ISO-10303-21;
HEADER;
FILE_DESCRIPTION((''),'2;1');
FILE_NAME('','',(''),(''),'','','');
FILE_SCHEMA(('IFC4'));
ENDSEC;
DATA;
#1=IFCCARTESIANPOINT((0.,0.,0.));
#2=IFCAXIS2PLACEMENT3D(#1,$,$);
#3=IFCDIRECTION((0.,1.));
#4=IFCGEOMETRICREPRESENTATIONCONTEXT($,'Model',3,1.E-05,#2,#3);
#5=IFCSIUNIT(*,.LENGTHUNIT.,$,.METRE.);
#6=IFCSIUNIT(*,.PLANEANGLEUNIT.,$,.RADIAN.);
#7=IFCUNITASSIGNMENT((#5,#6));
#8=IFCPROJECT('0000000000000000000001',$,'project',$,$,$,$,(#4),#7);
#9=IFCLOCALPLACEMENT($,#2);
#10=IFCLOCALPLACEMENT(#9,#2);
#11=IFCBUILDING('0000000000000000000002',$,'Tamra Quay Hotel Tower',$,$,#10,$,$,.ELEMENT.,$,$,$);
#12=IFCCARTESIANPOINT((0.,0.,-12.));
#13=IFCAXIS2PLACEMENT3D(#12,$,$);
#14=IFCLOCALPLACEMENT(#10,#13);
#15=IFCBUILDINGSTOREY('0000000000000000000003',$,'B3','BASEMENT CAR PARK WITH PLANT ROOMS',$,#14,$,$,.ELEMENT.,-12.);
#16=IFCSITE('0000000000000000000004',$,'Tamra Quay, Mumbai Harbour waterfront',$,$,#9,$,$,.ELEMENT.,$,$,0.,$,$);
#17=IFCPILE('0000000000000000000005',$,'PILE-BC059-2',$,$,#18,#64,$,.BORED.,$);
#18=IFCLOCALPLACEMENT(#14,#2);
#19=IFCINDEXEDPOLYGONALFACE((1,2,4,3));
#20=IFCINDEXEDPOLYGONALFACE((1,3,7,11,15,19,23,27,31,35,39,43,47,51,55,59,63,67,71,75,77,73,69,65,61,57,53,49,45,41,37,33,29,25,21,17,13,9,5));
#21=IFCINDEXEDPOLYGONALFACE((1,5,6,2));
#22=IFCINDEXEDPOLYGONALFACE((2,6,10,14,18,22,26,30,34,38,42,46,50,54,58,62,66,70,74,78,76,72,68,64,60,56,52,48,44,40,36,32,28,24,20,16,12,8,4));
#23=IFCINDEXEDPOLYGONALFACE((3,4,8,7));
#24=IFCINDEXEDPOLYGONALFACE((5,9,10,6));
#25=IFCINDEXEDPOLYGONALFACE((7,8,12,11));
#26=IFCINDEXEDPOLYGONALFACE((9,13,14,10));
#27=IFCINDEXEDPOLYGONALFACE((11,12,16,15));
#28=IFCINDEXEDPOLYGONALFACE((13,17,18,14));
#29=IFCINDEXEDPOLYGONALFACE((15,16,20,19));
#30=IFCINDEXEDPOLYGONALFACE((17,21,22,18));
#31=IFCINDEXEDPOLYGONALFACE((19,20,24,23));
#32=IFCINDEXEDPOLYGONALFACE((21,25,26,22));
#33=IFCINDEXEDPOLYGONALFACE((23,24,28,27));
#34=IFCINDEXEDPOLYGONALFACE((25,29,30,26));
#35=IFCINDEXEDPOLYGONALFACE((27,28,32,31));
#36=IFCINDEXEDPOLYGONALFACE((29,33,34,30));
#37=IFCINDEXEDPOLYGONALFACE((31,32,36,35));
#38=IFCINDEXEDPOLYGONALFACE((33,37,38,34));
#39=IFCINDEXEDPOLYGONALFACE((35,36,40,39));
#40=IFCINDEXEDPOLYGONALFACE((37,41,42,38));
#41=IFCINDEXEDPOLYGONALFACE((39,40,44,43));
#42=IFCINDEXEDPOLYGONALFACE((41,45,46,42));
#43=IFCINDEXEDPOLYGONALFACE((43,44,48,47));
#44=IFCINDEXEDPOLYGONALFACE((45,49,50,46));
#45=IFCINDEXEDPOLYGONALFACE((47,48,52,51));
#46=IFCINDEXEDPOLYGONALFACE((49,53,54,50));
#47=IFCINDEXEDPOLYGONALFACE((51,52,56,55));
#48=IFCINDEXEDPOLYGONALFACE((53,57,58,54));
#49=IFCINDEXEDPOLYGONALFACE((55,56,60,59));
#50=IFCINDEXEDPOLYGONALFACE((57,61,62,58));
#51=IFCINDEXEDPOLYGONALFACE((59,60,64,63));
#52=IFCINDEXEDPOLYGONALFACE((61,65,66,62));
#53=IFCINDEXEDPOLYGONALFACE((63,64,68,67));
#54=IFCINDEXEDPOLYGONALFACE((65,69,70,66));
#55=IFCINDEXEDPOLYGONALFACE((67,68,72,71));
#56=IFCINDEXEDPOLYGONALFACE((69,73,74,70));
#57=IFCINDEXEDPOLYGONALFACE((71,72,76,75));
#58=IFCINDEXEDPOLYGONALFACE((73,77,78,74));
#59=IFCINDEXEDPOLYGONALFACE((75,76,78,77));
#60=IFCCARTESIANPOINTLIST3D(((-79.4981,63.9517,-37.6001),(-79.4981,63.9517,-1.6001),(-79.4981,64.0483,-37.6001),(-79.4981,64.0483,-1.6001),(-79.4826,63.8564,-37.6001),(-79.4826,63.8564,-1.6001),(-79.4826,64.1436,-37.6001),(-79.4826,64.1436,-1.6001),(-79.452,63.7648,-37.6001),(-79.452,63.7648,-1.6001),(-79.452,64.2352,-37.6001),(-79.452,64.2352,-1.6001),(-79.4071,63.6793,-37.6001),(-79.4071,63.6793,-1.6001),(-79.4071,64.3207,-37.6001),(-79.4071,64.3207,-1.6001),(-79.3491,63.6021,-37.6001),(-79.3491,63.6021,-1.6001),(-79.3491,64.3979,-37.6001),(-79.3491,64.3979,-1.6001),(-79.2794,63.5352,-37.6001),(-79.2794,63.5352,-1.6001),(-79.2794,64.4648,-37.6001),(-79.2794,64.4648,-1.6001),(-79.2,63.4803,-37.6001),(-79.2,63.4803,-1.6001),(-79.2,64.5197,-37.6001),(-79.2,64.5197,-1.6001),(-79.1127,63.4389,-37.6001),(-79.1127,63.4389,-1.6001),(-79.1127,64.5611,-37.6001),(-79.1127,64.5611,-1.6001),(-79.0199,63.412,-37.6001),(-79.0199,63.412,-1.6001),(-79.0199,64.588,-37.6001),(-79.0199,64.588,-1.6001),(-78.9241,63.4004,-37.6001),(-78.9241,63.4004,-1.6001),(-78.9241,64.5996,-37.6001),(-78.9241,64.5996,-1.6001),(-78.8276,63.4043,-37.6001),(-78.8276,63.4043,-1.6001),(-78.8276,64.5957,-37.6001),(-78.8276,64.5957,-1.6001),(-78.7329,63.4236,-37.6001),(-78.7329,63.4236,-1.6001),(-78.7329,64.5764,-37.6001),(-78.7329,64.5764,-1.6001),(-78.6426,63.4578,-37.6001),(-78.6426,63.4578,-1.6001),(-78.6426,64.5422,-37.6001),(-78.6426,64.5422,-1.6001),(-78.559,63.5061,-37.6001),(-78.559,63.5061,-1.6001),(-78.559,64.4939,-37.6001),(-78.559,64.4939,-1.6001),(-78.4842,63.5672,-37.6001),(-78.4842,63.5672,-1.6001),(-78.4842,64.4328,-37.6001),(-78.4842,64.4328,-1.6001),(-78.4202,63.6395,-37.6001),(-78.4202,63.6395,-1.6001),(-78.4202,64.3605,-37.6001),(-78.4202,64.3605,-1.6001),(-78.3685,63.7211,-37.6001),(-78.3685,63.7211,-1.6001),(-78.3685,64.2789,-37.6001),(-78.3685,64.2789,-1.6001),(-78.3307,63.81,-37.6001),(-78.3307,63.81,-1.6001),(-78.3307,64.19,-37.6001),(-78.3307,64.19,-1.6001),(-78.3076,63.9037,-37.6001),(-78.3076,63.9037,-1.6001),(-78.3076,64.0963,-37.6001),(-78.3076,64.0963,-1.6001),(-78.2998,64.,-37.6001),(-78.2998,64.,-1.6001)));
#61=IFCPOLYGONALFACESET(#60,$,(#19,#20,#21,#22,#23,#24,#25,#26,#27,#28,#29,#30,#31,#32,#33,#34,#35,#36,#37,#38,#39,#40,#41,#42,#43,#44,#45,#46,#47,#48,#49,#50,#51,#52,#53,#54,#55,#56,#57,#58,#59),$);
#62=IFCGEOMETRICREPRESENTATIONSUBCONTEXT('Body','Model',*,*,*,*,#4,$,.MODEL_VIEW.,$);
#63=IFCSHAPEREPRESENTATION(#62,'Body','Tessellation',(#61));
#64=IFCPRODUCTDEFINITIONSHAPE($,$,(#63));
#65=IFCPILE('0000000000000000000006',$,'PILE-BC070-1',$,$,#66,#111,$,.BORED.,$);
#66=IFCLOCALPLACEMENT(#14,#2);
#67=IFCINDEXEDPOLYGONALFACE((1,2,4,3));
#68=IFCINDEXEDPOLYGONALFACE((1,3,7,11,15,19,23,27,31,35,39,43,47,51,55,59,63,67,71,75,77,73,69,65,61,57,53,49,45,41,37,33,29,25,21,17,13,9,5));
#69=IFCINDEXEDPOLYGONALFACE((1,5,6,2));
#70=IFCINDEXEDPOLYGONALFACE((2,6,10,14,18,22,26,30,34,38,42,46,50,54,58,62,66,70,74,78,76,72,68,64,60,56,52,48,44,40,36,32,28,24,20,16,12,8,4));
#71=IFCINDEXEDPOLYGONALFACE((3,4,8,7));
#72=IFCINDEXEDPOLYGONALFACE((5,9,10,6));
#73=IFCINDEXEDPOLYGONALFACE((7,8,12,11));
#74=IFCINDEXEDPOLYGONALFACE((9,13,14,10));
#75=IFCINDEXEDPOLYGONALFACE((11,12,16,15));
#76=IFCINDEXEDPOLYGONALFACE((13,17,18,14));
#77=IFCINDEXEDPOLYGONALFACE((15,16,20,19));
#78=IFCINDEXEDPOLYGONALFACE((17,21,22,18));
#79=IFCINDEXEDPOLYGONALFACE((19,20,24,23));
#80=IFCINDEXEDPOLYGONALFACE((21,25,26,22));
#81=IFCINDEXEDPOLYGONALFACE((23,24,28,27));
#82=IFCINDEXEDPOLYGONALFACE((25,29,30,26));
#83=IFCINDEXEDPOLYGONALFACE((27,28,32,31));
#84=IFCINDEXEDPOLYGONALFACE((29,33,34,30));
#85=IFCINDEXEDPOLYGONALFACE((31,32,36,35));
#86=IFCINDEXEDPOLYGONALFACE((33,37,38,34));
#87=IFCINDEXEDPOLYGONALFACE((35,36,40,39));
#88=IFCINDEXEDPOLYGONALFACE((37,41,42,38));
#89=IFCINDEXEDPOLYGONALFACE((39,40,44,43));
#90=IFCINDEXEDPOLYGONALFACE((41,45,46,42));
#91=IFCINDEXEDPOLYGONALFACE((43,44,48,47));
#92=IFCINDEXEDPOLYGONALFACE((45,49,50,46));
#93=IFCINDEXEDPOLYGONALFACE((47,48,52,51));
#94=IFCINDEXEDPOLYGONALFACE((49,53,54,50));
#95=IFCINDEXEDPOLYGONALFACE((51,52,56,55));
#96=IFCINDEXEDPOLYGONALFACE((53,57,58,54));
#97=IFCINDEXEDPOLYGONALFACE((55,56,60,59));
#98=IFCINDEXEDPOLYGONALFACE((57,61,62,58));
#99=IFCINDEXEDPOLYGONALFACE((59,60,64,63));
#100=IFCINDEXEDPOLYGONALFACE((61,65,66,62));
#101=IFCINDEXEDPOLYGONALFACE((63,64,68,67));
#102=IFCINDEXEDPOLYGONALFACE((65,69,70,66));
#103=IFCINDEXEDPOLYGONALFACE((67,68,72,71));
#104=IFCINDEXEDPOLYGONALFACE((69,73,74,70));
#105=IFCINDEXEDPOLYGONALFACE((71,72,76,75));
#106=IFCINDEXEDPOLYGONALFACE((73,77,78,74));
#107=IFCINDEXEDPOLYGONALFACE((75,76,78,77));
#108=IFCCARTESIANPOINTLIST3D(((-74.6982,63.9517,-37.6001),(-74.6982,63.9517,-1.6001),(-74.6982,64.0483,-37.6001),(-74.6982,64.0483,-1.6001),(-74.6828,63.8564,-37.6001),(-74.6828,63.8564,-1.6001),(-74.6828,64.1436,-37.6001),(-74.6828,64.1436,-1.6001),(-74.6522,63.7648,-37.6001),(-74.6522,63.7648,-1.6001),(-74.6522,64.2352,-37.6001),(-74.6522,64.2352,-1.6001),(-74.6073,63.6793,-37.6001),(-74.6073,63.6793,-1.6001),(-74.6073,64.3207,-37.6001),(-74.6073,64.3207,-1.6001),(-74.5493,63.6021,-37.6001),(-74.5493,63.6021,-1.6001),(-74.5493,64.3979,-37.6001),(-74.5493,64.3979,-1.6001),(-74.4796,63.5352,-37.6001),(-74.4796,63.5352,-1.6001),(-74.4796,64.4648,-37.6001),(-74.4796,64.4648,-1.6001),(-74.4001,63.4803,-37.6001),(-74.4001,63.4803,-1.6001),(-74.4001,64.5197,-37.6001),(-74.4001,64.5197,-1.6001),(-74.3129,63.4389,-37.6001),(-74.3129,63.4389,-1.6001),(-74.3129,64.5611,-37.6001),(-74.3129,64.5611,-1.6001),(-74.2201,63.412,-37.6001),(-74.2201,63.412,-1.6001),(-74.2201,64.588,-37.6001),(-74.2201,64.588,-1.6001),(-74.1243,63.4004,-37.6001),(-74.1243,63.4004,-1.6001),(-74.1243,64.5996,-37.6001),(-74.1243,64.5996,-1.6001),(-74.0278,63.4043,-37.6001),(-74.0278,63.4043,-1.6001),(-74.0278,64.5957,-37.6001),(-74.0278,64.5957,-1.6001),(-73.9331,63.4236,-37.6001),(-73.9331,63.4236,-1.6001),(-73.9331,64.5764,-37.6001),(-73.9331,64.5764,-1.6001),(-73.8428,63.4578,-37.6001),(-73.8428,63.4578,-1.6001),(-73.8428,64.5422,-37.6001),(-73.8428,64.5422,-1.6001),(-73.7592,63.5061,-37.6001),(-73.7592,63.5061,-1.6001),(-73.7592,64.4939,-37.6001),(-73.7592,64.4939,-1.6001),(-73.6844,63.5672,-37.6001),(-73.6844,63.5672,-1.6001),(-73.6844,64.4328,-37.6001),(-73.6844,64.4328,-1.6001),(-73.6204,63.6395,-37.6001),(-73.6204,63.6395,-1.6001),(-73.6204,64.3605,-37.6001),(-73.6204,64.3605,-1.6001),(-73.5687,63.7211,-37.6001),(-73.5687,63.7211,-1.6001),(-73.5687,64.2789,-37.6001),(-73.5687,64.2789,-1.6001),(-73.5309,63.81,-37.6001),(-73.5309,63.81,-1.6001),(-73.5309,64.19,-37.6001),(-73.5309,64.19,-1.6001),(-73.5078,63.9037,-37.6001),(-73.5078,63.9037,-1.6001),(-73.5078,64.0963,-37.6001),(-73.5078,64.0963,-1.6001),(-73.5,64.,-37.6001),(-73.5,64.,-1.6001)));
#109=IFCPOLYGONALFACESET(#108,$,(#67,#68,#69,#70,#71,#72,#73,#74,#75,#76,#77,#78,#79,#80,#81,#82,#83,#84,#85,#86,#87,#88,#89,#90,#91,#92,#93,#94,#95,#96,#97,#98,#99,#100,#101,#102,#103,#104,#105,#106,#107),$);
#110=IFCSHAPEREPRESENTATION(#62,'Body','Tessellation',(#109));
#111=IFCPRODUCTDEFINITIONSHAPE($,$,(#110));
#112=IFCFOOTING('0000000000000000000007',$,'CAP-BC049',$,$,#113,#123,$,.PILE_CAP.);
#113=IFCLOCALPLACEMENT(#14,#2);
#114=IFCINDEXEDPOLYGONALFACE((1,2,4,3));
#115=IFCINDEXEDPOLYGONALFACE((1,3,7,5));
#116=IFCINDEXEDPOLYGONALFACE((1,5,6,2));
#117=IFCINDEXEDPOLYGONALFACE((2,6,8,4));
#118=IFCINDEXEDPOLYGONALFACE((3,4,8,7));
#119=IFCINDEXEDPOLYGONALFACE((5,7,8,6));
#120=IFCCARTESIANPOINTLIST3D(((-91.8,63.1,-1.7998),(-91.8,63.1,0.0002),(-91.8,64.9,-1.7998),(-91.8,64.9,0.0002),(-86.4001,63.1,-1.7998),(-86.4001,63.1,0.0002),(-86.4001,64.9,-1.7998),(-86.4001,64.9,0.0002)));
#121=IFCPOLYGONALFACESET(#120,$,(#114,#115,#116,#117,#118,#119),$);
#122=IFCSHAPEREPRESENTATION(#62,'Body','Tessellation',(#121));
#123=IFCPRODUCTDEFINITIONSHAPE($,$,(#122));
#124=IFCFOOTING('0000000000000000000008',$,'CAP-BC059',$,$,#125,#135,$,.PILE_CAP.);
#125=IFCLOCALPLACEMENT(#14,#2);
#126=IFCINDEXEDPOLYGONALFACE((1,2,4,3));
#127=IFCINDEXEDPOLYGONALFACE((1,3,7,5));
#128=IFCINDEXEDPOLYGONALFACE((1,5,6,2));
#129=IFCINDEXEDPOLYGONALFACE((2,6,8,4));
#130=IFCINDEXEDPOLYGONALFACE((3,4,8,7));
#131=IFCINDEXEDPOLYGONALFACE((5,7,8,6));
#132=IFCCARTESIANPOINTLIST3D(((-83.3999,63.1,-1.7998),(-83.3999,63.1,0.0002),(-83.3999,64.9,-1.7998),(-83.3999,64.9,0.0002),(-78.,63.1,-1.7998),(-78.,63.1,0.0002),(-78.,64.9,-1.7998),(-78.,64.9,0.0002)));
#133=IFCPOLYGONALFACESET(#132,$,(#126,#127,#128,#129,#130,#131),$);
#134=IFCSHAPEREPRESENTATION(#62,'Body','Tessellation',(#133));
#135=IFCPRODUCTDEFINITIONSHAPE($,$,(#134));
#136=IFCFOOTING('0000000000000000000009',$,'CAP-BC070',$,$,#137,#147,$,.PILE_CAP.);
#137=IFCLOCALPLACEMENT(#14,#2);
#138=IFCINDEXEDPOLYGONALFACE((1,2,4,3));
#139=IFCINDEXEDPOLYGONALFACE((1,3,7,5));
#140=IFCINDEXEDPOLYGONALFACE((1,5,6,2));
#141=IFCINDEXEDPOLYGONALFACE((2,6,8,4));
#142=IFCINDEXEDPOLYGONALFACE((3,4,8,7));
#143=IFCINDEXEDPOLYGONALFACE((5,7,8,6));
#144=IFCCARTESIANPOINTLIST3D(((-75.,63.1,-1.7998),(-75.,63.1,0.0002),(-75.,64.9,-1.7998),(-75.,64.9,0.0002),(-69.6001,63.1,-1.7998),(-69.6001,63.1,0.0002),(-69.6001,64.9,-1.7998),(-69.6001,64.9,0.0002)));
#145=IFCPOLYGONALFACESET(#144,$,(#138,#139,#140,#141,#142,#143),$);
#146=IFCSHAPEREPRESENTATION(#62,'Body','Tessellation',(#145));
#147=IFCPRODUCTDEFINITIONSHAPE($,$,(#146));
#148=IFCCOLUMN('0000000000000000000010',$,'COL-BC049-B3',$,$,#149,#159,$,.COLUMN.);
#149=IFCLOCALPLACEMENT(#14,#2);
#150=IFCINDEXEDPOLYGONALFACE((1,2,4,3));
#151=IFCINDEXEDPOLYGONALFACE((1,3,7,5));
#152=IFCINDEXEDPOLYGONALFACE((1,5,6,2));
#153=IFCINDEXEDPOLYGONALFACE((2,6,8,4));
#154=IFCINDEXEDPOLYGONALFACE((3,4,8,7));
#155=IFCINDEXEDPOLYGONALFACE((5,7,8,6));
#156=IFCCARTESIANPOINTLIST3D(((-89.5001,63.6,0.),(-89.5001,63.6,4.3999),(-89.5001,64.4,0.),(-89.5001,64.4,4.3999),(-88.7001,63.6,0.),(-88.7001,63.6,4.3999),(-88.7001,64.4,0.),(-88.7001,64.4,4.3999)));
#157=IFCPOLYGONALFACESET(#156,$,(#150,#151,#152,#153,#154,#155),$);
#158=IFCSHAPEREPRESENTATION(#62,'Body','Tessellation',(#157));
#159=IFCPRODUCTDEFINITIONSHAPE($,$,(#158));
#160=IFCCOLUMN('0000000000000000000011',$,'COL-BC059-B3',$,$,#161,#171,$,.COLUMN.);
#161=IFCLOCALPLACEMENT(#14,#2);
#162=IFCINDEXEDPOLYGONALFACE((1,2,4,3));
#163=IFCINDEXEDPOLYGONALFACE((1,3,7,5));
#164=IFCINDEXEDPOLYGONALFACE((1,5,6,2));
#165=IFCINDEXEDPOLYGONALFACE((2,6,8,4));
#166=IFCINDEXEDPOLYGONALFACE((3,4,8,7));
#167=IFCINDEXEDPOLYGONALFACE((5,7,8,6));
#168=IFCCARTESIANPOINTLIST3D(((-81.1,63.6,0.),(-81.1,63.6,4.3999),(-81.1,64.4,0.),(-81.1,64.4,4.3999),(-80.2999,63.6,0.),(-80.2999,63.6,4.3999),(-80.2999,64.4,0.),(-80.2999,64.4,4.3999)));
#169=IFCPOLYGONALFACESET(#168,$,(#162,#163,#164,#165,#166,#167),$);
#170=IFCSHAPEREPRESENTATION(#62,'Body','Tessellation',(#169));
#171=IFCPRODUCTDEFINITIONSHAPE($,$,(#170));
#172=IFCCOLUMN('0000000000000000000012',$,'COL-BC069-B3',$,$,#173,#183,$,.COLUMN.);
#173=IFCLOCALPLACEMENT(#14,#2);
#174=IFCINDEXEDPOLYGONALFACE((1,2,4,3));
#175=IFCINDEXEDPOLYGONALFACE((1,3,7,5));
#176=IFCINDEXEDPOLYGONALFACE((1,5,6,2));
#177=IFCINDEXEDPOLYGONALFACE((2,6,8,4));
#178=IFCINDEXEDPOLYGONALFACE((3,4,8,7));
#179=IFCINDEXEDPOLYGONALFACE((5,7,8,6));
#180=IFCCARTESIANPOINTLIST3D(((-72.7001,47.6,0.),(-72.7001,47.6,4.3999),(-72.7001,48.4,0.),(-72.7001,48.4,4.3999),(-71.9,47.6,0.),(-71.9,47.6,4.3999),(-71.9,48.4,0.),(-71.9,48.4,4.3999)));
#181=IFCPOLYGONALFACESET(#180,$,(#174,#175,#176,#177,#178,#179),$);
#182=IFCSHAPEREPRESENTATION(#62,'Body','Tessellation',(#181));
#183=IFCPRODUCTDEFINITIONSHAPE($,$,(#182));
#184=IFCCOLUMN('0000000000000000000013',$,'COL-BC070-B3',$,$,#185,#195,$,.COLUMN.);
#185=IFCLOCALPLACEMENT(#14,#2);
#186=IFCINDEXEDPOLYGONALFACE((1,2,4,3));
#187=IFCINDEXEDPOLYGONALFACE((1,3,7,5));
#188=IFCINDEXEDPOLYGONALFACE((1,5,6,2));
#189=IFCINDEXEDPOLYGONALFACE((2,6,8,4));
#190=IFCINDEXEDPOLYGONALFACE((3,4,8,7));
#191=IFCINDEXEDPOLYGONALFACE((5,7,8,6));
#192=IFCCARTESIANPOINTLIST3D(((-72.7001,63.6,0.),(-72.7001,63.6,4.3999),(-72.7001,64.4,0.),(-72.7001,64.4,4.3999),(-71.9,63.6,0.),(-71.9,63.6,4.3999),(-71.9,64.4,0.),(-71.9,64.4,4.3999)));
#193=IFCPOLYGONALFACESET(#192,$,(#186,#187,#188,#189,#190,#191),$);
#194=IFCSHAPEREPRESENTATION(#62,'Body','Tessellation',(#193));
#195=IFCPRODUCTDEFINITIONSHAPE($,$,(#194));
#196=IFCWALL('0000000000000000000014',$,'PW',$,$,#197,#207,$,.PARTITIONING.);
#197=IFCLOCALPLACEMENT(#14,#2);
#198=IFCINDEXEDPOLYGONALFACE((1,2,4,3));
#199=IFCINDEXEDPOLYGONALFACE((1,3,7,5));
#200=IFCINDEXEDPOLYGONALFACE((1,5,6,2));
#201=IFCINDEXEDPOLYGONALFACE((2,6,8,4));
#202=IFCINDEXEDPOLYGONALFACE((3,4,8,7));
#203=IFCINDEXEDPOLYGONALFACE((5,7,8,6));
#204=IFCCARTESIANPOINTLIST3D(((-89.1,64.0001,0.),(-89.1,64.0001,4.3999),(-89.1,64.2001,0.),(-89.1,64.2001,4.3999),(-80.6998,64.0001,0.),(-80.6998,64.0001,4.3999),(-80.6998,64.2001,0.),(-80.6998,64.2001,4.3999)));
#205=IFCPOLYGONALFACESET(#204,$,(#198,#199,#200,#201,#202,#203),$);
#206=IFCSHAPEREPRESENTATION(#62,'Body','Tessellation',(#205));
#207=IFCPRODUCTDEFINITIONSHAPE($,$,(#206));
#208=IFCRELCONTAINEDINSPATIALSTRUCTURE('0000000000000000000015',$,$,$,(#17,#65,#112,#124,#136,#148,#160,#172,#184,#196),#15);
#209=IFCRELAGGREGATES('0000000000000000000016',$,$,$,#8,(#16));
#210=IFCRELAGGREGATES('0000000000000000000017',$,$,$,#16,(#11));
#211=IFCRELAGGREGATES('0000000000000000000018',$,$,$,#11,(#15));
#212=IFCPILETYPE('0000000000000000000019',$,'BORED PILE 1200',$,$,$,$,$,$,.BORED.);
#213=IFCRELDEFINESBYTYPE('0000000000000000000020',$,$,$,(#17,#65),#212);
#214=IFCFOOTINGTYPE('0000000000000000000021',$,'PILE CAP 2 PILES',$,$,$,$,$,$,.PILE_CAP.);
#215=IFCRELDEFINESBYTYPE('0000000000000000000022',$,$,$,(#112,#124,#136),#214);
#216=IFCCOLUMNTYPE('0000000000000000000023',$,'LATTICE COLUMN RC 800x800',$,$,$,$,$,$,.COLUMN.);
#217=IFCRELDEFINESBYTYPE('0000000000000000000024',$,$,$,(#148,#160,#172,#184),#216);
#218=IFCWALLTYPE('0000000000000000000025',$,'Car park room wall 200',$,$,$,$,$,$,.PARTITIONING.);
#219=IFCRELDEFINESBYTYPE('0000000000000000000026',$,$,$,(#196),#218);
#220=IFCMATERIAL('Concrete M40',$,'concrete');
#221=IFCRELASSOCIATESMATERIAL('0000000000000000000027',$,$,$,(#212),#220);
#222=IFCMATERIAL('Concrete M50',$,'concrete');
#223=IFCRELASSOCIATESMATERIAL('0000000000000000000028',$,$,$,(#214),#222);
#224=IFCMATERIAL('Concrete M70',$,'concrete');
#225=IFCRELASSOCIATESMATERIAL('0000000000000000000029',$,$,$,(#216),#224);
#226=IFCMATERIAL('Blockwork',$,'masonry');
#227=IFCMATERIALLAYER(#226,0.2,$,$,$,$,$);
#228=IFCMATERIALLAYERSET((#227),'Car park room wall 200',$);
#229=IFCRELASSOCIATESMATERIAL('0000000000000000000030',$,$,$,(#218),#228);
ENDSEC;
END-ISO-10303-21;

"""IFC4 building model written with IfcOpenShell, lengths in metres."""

from ifc_helpers import new_model, si_unit, direction, frame, frame_2d, origin, origin_2d, place, context, subcontext, project, spatial, rectangle, circle, extrude, material, layer, layer_set, material_profile, profile_set, type_object, element, save


model = new_model("IFC4")

# Units and contexts
model_context = context("Model", 3, precision=1e-05, world=origin(), true_north=direction((0.0, 1.0)))
body_context = subcontext(model_context, "Body", "Model", "MODEL_VIEW")
ifc_project = project(units=[si_unit("LENGTHUNIT", "METRE"), si_unit("PLANEANGLEUNIT", "RADIAN")], contexts=[model_context])

# Site, building, storey
site_placement = place(None, origin())
site = spatial("IfcSite", under=ifc_project, at=site_placement, Name="Tamra Quay, Mumbai Harbour waterfront", CompositionType="ELEMENT", RefElevation=0.0)
building_placement = place(site_placement, origin())
building = spatial("IfcBuilding", under=site, at=building_placement, Name="Tamra Quay Hotel Tower", CompositionType="ELEMENT")
storey_placement = place(building_placement, frame((0.0, 0.0, -12.0)))
storey = spatial("IfcBuildingStorey", under=building, at=storey_placement, Name="B3", Description="BASEMENT CAR PARK WITH PLANT ROOMS", CompositionType="ELEMENT", Elevation=-12.0)

# Piles
ifc_material_1 = material(Name="Concrete M40", Category="concrete")
ifc_material_profile_1 = material_profile(ifc_material_1, circle(Radius=0.6001, at=origin_2d()), Name="BORED PILE 1200")
ifc_profile_set_1 = profile_set([ifc_material_profile_1], Name="Concrete M40")
pile_type = type_object("IfcPileType", Name="BORED PILE 1200", PredefinedType="BORED", material=ifc_profile_set_1)
for number, where, z_axis, x_axis, name in (
    (1, (-78.8999, 64.0, -1.6001), (0.0, 0.0, -1.0), (1.0, 0.0, 0.0), "PILE-BC059-2"),
    (2, (-74.1001, 64.0, -1.6001), (0.0, 0.0, -1.0), (1.0, 0.0, 0.0), "PILE-BC070-1"),
):
    element("IfcPile", number, at=place(storey_placement, frame(where, z_axis=z_axis, x_axis=x_axis)), inside=storey, type_object=pile_type, Name=name, PredefinedType="BORED", context=body_context, shape_type="SweptSolid", body=[
        extrude(circle(Radius=0.6001, at=origin_2d()), origin(), (0.0, 0.0, 1.0), 36.0),
    ])

# Footings
ifc_material_2 = material(Name="Concrete M50", Category="concrete")
footing_type = type_object("IfcFootingType", Name="PILE CAP 2 PILES", PredefinedType="PILE_CAP", material=ifc_material_2)
for number, where, z_axis, x_axis, name in (
    (3, (-89.1001, 64.0, -1.7998), (0.0, 0.0, 1.0), (1.0, 0.0, 0.0), "CAP-BC049"),
    (4, (-80.7, 64.0, -1.7998), (0.0, 0.0, 1.0), (1.0, 0.0, 0.0), "CAP-BC059"),
    (5, (-72.3, 64.0, -1.7998), (0.0, 0.0, 1.0), (1.0, 0.0, 0.0), "CAP-BC070"),
):
    element("IfcFooting", number, at=place(storey_placement, frame(where, z_axis=z_axis, x_axis=x_axis)), inside=storey, type_object=footing_type, Name=name, PredefinedType="PILE_CAP", context=body_context, shape_type="SweptSolid", body=[
        extrude(rectangle(XDim=5.3999, YDim=1.8, at=origin_2d()), origin(), (0.0, 0.0, 1.0), 1.8),
    ])

# Columns
ifc_material_3 = material(Name="Concrete M70", Category="concrete")
ifc_material_profile_2 = material_profile(ifc_material_3, rectangle(XDim=0.8, YDim=0.8, at=origin_2d()), Name="LATTICE COLUMN RC 800x800")
ifc_profile_set_2 = profile_set([ifc_material_profile_2], Name="Concrete M70")
column_type = type_object("IfcColumnType", Name="LATTICE COLUMN RC 800x800", PredefinedType="COLUMN", material=ifc_profile_set_2)
for number, where, z_axis, x_axis, name in (
    (6, (-89.1001, 64.0, 0.0), (0.0, 0.0, 1.0), (1.0, 0.0, 0.0), "COL-BC049-B3"),
    (7, (-80.7, 64.0, 0.0), (0.0, 0.0, 1.0), (1.0, 0.0, 0.0), "COL-BC059-B3"),
    (8, (-72.3, 48.0, 0.0), (0.0, 0.0, 1.0), (1.0, 0.0, 0.0), "COL-BC069-B3"),
    (9, (-72.3, 64.0, 0.0), (0.0, 0.0, 1.0), (1.0, 0.0, 0.0), "COL-BC070-B3"),
):
    element("IfcColumn", number, at=place(storey_placement, frame(where, z_axis=z_axis, x_axis=x_axis)), inside=storey, type_object=column_type, Name=name, PredefinedType="COLUMN", context=body_context, shape_type="SweptSolid", body=[
        extrude(rectangle(XDim=0.8, YDim=0.8, at=origin_2d()), origin(), (0.0, 0.0, 1.0), 4.3999),
    ])

# Wall
ifc_material_4 = material(Name="Blockwork", Category="masonry")
ifc_layer_1 = layer(ifc_material_4, 0.2)
ifc_layer_set_1 = layer_set([ifc_layer_1], Name="Car park room wall 200")
wall_type_1 = type_object("IfcWallType", Name="Car park room wall 200", PredefinedType="PARTITIONING", material=ifc_layer_set_1)
wall_1_placement = place(storey_placement, frame((-89.1001, 64.1001, 0.0), z_axis=(0.0, 0.0, 1.0), x_axis=(1.0, 0.0, 0.0)))
element("IfcWall", 10, at=wall_1_placement, inside=storey, type_object=wall_type_1, Name="PW", PredefinedType="PARTITIONING", context=body_context, shape_type="SweptSolid", body=[
    extrude(rectangle(XDim=8.4001, YDim=0.2, at=frame_2d((4.2002, 0.0))), origin(), (0.0, 0.0, 1.0), 4.3999),
])

save(model, "model.ifc")
